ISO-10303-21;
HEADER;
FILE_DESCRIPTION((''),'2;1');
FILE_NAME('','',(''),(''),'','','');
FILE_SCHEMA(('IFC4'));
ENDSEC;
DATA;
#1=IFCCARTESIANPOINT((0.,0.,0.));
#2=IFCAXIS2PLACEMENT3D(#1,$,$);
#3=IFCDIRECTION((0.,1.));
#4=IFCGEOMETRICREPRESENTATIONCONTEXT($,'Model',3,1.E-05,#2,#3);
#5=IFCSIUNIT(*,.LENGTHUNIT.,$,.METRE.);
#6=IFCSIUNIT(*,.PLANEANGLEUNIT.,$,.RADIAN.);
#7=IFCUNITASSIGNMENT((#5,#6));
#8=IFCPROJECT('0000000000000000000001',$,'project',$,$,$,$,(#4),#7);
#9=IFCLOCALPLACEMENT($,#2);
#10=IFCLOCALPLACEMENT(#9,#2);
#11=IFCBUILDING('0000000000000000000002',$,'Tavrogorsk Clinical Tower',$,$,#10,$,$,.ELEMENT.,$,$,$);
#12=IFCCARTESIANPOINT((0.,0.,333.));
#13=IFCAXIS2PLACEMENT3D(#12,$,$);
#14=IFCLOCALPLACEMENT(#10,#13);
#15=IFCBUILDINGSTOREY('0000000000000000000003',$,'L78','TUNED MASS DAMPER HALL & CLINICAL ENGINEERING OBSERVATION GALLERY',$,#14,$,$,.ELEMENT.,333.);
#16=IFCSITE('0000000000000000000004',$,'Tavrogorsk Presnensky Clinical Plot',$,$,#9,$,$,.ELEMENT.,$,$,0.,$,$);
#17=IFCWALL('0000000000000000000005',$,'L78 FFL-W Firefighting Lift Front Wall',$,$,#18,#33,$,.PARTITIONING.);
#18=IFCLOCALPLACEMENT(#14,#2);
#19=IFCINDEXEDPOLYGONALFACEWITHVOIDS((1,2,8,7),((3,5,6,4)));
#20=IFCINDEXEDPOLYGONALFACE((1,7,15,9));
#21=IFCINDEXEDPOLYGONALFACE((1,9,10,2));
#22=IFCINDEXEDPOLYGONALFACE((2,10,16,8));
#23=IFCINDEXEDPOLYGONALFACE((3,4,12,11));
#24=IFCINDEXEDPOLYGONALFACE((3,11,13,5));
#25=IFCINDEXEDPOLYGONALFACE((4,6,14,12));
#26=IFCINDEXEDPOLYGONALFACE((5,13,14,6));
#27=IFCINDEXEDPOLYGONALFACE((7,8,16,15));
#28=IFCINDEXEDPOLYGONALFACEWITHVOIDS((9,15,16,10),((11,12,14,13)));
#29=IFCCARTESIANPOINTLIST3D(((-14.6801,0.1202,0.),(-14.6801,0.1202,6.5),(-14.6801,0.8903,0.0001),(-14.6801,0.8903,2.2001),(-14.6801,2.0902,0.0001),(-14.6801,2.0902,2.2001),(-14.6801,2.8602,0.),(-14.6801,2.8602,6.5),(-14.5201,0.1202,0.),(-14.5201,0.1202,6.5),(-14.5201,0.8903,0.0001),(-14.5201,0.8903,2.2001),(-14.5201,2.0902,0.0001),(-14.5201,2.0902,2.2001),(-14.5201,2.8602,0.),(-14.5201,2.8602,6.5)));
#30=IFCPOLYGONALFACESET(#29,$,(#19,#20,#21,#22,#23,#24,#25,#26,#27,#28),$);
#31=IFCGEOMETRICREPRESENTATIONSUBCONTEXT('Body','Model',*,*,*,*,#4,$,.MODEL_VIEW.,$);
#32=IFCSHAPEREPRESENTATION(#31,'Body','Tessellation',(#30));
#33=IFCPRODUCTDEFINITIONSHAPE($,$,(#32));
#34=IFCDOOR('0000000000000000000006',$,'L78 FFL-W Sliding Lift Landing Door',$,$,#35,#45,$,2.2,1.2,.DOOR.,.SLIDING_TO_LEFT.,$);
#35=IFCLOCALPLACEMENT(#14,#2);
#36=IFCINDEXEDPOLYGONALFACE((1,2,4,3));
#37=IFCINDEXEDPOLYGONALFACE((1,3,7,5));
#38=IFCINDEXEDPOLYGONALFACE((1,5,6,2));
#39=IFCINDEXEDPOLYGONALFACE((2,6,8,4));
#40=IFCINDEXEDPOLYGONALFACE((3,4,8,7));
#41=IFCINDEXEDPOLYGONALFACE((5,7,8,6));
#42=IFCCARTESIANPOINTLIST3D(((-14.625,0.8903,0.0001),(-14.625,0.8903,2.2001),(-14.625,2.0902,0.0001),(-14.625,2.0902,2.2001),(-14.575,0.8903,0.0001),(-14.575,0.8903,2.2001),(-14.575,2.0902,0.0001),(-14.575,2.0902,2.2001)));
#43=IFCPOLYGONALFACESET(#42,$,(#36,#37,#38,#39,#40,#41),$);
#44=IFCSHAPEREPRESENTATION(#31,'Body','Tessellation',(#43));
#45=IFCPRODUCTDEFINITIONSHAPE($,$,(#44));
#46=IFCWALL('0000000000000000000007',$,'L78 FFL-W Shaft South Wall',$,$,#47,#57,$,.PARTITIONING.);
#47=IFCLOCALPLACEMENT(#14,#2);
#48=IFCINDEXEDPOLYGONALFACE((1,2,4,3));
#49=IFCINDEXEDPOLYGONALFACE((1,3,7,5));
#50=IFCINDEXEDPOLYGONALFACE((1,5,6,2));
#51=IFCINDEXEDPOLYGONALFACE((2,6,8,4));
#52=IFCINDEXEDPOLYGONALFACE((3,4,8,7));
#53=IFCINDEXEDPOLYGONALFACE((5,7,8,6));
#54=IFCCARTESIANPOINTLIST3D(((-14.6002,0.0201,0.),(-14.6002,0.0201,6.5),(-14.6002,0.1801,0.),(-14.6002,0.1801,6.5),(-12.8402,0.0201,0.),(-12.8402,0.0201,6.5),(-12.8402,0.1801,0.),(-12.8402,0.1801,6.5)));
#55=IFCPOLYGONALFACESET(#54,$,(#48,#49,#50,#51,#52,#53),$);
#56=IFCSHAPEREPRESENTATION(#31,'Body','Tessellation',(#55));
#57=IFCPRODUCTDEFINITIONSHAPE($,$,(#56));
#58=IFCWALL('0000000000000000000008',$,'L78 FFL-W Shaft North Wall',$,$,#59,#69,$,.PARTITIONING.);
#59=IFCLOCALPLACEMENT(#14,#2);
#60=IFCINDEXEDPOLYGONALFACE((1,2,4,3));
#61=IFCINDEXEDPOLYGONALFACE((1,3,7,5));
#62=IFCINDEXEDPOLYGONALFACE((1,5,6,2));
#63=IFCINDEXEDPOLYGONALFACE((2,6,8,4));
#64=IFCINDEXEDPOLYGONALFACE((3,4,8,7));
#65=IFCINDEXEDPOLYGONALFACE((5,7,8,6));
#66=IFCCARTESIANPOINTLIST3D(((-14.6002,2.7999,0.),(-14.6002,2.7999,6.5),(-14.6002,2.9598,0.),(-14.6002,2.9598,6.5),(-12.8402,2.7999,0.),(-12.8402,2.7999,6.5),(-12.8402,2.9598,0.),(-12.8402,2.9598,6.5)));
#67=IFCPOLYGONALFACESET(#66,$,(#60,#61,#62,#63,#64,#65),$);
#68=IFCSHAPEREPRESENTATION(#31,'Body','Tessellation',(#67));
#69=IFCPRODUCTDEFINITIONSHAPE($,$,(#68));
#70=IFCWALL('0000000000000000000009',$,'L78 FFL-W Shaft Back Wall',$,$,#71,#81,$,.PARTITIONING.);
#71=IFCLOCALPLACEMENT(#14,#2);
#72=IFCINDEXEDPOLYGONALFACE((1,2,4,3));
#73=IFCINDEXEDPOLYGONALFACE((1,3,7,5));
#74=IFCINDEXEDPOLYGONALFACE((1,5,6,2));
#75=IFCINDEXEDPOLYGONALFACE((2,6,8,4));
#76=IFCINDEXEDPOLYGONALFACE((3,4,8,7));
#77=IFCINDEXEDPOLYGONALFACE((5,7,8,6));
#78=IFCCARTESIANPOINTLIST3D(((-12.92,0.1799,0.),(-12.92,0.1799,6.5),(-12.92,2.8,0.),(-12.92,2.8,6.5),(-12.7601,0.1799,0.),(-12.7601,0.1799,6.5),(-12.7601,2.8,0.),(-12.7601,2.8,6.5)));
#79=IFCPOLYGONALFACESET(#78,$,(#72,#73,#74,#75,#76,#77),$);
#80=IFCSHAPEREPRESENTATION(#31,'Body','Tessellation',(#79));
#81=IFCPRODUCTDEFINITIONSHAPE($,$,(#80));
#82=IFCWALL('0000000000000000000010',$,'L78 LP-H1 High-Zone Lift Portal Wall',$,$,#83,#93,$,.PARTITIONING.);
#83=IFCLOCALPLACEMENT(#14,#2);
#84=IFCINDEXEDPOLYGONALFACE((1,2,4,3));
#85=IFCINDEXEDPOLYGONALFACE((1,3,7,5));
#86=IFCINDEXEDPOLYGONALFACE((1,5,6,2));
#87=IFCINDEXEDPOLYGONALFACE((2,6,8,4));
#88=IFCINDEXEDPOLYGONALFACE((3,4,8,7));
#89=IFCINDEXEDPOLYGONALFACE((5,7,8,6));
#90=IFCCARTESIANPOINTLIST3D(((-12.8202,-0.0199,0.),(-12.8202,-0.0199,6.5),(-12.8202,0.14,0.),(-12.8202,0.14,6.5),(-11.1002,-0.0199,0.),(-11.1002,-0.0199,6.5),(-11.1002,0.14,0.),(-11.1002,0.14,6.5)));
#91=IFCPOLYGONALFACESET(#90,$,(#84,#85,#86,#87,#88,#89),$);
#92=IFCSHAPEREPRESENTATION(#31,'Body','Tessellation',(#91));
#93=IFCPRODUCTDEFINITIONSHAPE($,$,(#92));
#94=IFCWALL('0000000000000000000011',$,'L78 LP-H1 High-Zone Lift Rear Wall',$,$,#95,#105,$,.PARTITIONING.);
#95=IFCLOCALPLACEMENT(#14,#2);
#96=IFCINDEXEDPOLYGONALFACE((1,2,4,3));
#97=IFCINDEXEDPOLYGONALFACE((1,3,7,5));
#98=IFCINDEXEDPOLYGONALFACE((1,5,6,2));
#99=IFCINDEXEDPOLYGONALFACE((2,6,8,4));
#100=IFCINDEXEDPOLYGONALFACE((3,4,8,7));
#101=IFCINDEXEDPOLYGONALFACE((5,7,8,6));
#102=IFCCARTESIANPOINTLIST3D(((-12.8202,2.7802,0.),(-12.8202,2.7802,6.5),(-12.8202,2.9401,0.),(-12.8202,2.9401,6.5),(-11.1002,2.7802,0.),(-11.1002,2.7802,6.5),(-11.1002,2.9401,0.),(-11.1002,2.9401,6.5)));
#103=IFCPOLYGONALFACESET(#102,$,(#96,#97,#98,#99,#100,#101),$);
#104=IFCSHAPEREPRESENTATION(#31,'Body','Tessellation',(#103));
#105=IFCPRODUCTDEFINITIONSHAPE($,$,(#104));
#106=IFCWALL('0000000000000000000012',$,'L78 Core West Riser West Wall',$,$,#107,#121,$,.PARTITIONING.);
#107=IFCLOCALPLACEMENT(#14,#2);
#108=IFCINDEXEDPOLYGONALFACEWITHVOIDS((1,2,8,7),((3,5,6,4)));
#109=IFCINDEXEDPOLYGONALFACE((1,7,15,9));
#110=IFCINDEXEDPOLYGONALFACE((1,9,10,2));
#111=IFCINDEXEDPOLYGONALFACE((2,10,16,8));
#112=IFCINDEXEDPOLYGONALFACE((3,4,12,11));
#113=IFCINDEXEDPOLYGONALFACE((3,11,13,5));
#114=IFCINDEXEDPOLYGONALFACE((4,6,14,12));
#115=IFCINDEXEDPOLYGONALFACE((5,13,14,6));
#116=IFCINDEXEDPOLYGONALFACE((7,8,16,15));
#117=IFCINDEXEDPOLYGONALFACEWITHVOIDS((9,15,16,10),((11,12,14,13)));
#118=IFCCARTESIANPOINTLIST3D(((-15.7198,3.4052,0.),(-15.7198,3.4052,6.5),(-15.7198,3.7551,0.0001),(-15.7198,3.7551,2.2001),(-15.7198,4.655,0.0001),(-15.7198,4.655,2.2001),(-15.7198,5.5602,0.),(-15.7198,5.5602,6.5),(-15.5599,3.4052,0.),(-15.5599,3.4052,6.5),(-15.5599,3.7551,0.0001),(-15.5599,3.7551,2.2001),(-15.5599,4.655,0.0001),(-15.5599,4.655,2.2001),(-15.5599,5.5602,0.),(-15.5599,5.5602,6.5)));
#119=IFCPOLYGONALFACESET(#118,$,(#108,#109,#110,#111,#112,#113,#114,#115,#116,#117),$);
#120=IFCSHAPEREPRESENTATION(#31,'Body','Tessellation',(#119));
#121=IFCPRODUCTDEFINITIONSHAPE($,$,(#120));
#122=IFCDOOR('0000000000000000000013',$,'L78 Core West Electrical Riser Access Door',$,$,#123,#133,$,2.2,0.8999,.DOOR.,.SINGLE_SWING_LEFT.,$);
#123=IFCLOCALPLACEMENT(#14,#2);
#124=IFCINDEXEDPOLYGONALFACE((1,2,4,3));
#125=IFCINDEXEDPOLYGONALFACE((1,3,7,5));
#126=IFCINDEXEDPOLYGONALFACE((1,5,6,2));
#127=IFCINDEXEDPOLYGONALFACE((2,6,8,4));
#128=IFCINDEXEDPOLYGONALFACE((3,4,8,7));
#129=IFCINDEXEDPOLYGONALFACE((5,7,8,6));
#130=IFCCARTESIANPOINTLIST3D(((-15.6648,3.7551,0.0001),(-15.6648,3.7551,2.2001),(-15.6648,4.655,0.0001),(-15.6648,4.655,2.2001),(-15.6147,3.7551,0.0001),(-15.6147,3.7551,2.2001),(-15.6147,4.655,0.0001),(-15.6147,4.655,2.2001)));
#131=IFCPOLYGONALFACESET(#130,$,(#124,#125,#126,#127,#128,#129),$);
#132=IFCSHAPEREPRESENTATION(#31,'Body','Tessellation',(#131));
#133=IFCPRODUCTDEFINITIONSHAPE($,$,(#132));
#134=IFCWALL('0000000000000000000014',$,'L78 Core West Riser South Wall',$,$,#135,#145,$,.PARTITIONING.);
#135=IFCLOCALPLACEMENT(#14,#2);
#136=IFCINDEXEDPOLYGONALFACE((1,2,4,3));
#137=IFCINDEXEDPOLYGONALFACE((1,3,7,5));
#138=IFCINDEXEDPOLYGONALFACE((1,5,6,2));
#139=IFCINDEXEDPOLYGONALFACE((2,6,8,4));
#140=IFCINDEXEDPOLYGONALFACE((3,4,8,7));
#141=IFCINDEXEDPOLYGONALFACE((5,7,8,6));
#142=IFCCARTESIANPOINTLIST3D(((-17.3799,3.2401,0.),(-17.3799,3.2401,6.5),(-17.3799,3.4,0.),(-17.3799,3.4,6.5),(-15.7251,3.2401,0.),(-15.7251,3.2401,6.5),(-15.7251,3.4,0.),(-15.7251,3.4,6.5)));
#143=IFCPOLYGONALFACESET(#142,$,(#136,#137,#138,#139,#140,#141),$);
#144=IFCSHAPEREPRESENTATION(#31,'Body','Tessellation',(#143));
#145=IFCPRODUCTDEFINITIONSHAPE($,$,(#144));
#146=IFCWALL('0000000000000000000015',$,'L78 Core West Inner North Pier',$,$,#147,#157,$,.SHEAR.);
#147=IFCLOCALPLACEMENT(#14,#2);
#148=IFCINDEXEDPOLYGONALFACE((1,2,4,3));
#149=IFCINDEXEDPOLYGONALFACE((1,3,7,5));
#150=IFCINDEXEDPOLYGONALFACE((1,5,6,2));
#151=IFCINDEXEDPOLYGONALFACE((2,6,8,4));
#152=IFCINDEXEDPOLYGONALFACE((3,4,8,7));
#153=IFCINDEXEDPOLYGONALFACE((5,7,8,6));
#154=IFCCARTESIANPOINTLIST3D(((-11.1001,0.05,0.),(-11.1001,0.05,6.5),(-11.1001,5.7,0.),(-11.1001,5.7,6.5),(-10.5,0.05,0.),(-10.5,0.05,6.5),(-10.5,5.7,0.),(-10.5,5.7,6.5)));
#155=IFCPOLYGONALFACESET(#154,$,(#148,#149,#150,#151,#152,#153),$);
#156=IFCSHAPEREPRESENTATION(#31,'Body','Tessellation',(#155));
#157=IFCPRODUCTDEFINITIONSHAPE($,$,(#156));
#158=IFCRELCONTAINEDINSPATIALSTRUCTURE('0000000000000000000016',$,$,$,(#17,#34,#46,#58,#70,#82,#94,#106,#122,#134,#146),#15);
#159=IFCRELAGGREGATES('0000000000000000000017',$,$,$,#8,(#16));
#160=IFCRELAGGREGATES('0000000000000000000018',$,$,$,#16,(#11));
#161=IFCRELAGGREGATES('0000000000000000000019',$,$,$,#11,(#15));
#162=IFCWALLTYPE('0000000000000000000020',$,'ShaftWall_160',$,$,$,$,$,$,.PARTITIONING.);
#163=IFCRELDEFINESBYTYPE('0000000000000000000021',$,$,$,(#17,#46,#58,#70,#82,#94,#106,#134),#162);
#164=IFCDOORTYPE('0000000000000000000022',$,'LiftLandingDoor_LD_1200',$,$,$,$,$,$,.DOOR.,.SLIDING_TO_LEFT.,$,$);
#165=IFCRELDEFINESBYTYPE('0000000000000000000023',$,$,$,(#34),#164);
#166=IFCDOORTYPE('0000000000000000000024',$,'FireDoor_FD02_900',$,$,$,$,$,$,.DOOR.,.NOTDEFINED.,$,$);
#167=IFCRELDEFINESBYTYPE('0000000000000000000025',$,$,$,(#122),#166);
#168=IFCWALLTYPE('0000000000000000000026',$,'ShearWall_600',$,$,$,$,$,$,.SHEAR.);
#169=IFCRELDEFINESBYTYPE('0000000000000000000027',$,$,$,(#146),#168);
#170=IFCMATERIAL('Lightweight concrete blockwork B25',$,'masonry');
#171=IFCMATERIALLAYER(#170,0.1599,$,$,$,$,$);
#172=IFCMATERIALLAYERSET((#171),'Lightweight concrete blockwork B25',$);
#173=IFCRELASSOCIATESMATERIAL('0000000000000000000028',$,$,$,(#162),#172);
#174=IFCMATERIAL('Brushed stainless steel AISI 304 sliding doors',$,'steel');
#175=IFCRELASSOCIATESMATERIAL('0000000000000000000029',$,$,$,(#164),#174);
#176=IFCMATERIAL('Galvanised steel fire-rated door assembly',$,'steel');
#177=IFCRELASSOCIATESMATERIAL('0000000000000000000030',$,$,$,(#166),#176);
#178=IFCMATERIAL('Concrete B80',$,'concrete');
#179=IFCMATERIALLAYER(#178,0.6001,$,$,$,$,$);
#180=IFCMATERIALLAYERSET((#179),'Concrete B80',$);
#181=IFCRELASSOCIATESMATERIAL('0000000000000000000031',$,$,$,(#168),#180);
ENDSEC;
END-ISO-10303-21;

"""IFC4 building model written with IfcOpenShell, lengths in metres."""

from ifc_helpers import new_model, si_unit, direction, frame, frame_2d, origin, place, context, subcontext, project, spatial, rectangle, extrude, material, layer, layer_set, type_object, element, fill, save


model = new_model("IFC4")

# Units and contexts
model_context = context("Model", 3, precision=1e-05, world=origin(), true_north=direction((0.0, 1.0)))
body_context = subcontext(model_context, "Body", "Model", "MODEL_VIEW")
ifc_project = project(units=[si_unit("LENGTHUNIT", "METRE"), si_unit("PLANEANGLEUNIT", "RADIAN")], contexts=[model_context])

# Site, building, storey
site_placement = place(None, origin())
site = spatial("IfcSite", under=ifc_project, at=site_placement, Name="Tavrogorsk Presnensky Clinical Plot", CompositionType="ELEMENT", RefElevation=0.0)
building_placement = place(site_placement, origin())
building = spatial("IfcBuilding", under=site, at=building_placement, Name="Tavrogorsk Clinical Tower", CompositionType="ELEMENT")
storey_placement = place(building_placement, frame((0.0, 0.0, 333.0)))
storey = spatial("IfcBuildingStorey", under=building, at=storey_placement, Name="L78", Description="TUNED MASS DAMPER HALL & CLINICAL ENGINEERING OBSERVATION GALLERY", CompositionType="ELEMENT", Elevation=333.0)

# Wall, opening, door
ifc_material_1 = material(Name="Lightweight concrete blockwork B25", Category="masonry")
ifc_layer_1 = layer(ifc_material_1, 0.1599)
ifc_layer_set_1 = layer_set([ifc_layer_1], Name="Lightweight concrete blockwork B25")
wall_type_1 = type_object("IfcWallType", Name="ShaftWall_160", PredefinedType="PARTITIONING", material=ifc_layer_set_1)
wall_1_placement = place(storey_placement, frame((-14.6001, 0.1201, 0.0), z_axis=(0.0, 0.0, 1.0), x_axis=(0.0, 1.0, 0.0)))
wall_1 = element("IfcWall", 1, at=wall_1_placement, inside=storey, type_object=wall_type_1, Name="L78 FFL-W Firefighting Lift Front Wall", PredefinedType="PARTITIONING", context=body_context, shape_type="SweptSolid", body=[
    extrude(rectangle(XDim=2.74, YDim=0.1599, at=frame_2d((1.3701, 0.0))), origin(), (0.0, 0.0, 1.0), 6.5),
])
opening_1_placement = place(wall_1_placement, frame((0.77, 0.0, 0.0)))
opening_1 = element("IfcOpeningElement", 2, at=opening_1_placement, cuts=wall_1, PredefinedType="OPENING", context=body_context, shape_type="SweptSolid", body=[
    extrude(rectangle(XDim=1.2, YDim=2.2, at=frame_2d((0.6001, 1.1001))), frame((0.0, 0.0898, 0.0), z_axis=(0.0, -1.0, 0.0), x_axis=(1.0, 0.0, 0.0)), (0.0, 0.0, 1.0), 0.1799),
])
ifc_material_2 = material(Name="Brushed stainless steel AISI 304 sliding doors", Category="steel")
door_type_1 = type_object("IfcDoorType", Name="LiftLandingDoor_LD_1200", OperationType="SLIDING_TO_LEFT", PredefinedType="DOOR", material=ifc_material_2)
door_1_placement = place(opening_1_placement, origin())
door_1 = element("IfcDoor", 3, at=door_1_placement, inside=storey, type_object=door_type_1, Name="L78 FFL-W Sliding Lift Landing Door", OperationType="SLIDING_TO_LEFT", OverallHeight=2.2, OverallWidth=1.2, PredefinedType="DOOR", context=body_context, shape_type="SweptSolid", body=[
    extrude(rectangle(XDim=1.2, YDim=2.2, at=frame_2d((0.6001, 1.1001))), frame((0.0, 0.0249, 0.0), z_axis=(0.0, -1.0, 0.0), x_axis=(1.0, 0.0, 0.0)), (0.0, 0.0, 1.0), 0.05),
])
fill(opening_1, door_1)

# Walls
for number, where, z_axis, x_axis, name in (
    (4, (-14.6001, 0.1001, 0.0), (0.0, 0.0, 1.0), (1.0, 0.0, 0.0), "L78 FFL-W Shaft South Wall"),
    (5, (-14.6001, 2.8799, 0.0), (0.0, 0.0, 1.0), (1.0, 0.0, 0.0), "L78 FFL-W Shaft North Wall"),
):
    element("IfcWall", number, at=place(storey_placement, frame(where, z_axis=z_axis, x_axis=x_axis)), inside=storey, type_object=wall_type_1, Name=name, PredefinedType="PARTITIONING", context=body_context, shape_type="SweptSolid", body=[
        extrude(rectangle(XDim=1.76, YDim=0.1599, at=frame_2d((0.8799, 0.0))), origin(), (0.0, 0.0, 1.0), 6.5),
    ])
wall_2_placement = place(storey_placement, frame((-12.8401, 0.1799, 0.0), z_axis=(0.0, 0.0, 1.0), x_axis=(0.0, 1.0, 0.0)))
element("IfcWall", 6, at=wall_2_placement, inside=storey, type_object=wall_type_1, Name="L78 FFL-W Shaft Back Wall", PredefinedType="PARTITIONING", context=body_context, shape_type="SweptSolid", body=[
    extrude(rectangle(XDim=2.6201, YDim=0.1599, at=frame_2d((1.3101, 0.0))), origin(), (0.0, 0.0, 1.0), 6.5),
])
for number, where, z_axis, x_axis, name in (
    (7, (-12.8201, 0.0601, 0.0), (0.0, 0.0, 1.0), (1.0, 0.0, 0.0), "L78 LP-H1 High-Zone Lift Portal Wall"),
    (8, (-12.8201, 2.8601, 0.0), (0.0, 0.0, 1.0), (1.0, 0.0, 0.0), "L78 LP-H1 High-Zone Lift Rear Wall"),
):
    element("IfcWall", number, at=place(storey_placement, frame(where, z_axis=z_axis, x_axis=x_axis)), inside=storey, type_object=wall_type_1, Name=name, PredefinedType="PARTITIONING", context=body_context, shape_type="SweptSolid", body=[
        extrude(rectangle(XDim=1.72, YDim=0.1599, at=frame_2d((0.8599, 0.0))), origin(), (0.0, 0.0, 1.0), 6.5),
    ])

# Wall, opening, door
wall_3_placement = place(storey_placement, frame((-15.6399, 3.405, 0.0), z_axis=(0.0, 0.0, 1.0), x_axis=(0.0, 1.0, 0.0)))
wall_3 = element("IfcWall", 9, at=wall_3_placement, inside=storey, type_object=wall_type_1, Name="L78 Core West Riser West Wall", PredefinedType="PARTITIONING", context=body_context, shape_type="SweptSolid", body=[
    extrude(rectangle(XDim=2.155, YDim=0.1599, at=frame_2d((1.0776, 0.0))), origin(), (0.0, 0.0, 1.0), 6.5),
])
opening_2_placement = place(wall_3_placement, frame((0.3501, 0.0, 0.0)))
opening_2 = element("IfcOpeningElement", 10, at=opening_2_placement, cuts=wall_3, PredefinedType="OPENING", context=body_context, shape_type="SweptSolid", body=[
    extrude(rectangle(XDim=0.8999, YDim=2.2, at=frame_2d((0.45, 1.1001))), frame((0.0, 0.0898, 0.0), z_axis=(0.0, -1.0, 0.0), x_axis=(1.0, 0.0, 0.0)), (0.0, 0.0, 1.0), 0.1799),
])
ifc_material_3 = material(Name="Galvanised steel fire-rated door assembly", Category="steel")
door_type_2 = type_object("IfcDoorType", Name="FireDoor_FD02_900", OperationType="NOTDEFINED", PredefinedType="DOOR", material=ifc_material_3)
door_2_placement = place(opening_2_placement, origin())
door_2 = element("IfcDoor", 11, at=door_2_placement, inside=storey, type_object=door_type_2, Name="L78 Core West Electrical Riser Access Door", OperationType="SINGLE_SWING_LEFT", OverallHeight=2.2, OverallWidth=0.8999, PredefinedType="DOOR", context=body_context, shape_type="SweptSolid", body=[
    extrude(rectangle(XDim=0.8999, YDim=2.2, at=frame_2d((0.45, 1.1001))), frame((0.0, 0.0249, 0.0), z_axis=(0.0, -1.0, 0.0), x_axis=(1.0, 0.0, 0.0)), (0.0, 0.0, 1.0), 0.05),
])
fill(opening_2, door_2)

# Walls
wall_4_placement = place(storey_placement, frame((-17.3799, 3.3201, 0.0), z_axis=(0.0, 0.0, 1.0), x_axis=(1.0, 0.0, 0.0)))
element("IfcWall", 12, at=wall_4_placement, inside=storey, type_object=wall_type_1, Name="L78 Core West Riser South Wall", PredefinedType="PARTITIONING", context=body_context, shape_type="SweptSolid", body=[
    extrude(rectangle(XDim=1.6548, YDim=0.1599, at=frame_2d((0.8274, 0.0))), origin(), (0.0, 0.0, 1.0), 6.5),
])
ifc_material_4 = material(Name="Concrete B80", Category="concrete")
ifc_layer_2 = layer(ifc_material_4, 0.6001)
ifc_layer_set_2 = layer_set([ifc_layer_2], Name="Concrete B80")
wall_type_2 = type_object("IfcWallType", Name="ShearWall_600", PredefinedType="SHEAR", material=ifc_layer_set_2)
wall_5_placement = place(storey_placement, frame((-10.8, 0.05, 0.0), z_axis=(0.0, 0.0, 1.0), x_axis=(0.0, 1.0, 0.0)))
element("IfcWall", 13, at=wall_5_placement, inside=storey, type_object=wall_type_2, Name="L78 Core West Inner North Pier", PredefinedType="SHEAR", context=body_context, shape_type="SweptSolid", body=[
    extrude(rectangle(XDim=5.6499, YDim=0.6001, at=frame_2d((2.825, 0.0))), origin(), (0.0, 0.0, 1.0), 6.5),
])

save(model, "model.ifc")
